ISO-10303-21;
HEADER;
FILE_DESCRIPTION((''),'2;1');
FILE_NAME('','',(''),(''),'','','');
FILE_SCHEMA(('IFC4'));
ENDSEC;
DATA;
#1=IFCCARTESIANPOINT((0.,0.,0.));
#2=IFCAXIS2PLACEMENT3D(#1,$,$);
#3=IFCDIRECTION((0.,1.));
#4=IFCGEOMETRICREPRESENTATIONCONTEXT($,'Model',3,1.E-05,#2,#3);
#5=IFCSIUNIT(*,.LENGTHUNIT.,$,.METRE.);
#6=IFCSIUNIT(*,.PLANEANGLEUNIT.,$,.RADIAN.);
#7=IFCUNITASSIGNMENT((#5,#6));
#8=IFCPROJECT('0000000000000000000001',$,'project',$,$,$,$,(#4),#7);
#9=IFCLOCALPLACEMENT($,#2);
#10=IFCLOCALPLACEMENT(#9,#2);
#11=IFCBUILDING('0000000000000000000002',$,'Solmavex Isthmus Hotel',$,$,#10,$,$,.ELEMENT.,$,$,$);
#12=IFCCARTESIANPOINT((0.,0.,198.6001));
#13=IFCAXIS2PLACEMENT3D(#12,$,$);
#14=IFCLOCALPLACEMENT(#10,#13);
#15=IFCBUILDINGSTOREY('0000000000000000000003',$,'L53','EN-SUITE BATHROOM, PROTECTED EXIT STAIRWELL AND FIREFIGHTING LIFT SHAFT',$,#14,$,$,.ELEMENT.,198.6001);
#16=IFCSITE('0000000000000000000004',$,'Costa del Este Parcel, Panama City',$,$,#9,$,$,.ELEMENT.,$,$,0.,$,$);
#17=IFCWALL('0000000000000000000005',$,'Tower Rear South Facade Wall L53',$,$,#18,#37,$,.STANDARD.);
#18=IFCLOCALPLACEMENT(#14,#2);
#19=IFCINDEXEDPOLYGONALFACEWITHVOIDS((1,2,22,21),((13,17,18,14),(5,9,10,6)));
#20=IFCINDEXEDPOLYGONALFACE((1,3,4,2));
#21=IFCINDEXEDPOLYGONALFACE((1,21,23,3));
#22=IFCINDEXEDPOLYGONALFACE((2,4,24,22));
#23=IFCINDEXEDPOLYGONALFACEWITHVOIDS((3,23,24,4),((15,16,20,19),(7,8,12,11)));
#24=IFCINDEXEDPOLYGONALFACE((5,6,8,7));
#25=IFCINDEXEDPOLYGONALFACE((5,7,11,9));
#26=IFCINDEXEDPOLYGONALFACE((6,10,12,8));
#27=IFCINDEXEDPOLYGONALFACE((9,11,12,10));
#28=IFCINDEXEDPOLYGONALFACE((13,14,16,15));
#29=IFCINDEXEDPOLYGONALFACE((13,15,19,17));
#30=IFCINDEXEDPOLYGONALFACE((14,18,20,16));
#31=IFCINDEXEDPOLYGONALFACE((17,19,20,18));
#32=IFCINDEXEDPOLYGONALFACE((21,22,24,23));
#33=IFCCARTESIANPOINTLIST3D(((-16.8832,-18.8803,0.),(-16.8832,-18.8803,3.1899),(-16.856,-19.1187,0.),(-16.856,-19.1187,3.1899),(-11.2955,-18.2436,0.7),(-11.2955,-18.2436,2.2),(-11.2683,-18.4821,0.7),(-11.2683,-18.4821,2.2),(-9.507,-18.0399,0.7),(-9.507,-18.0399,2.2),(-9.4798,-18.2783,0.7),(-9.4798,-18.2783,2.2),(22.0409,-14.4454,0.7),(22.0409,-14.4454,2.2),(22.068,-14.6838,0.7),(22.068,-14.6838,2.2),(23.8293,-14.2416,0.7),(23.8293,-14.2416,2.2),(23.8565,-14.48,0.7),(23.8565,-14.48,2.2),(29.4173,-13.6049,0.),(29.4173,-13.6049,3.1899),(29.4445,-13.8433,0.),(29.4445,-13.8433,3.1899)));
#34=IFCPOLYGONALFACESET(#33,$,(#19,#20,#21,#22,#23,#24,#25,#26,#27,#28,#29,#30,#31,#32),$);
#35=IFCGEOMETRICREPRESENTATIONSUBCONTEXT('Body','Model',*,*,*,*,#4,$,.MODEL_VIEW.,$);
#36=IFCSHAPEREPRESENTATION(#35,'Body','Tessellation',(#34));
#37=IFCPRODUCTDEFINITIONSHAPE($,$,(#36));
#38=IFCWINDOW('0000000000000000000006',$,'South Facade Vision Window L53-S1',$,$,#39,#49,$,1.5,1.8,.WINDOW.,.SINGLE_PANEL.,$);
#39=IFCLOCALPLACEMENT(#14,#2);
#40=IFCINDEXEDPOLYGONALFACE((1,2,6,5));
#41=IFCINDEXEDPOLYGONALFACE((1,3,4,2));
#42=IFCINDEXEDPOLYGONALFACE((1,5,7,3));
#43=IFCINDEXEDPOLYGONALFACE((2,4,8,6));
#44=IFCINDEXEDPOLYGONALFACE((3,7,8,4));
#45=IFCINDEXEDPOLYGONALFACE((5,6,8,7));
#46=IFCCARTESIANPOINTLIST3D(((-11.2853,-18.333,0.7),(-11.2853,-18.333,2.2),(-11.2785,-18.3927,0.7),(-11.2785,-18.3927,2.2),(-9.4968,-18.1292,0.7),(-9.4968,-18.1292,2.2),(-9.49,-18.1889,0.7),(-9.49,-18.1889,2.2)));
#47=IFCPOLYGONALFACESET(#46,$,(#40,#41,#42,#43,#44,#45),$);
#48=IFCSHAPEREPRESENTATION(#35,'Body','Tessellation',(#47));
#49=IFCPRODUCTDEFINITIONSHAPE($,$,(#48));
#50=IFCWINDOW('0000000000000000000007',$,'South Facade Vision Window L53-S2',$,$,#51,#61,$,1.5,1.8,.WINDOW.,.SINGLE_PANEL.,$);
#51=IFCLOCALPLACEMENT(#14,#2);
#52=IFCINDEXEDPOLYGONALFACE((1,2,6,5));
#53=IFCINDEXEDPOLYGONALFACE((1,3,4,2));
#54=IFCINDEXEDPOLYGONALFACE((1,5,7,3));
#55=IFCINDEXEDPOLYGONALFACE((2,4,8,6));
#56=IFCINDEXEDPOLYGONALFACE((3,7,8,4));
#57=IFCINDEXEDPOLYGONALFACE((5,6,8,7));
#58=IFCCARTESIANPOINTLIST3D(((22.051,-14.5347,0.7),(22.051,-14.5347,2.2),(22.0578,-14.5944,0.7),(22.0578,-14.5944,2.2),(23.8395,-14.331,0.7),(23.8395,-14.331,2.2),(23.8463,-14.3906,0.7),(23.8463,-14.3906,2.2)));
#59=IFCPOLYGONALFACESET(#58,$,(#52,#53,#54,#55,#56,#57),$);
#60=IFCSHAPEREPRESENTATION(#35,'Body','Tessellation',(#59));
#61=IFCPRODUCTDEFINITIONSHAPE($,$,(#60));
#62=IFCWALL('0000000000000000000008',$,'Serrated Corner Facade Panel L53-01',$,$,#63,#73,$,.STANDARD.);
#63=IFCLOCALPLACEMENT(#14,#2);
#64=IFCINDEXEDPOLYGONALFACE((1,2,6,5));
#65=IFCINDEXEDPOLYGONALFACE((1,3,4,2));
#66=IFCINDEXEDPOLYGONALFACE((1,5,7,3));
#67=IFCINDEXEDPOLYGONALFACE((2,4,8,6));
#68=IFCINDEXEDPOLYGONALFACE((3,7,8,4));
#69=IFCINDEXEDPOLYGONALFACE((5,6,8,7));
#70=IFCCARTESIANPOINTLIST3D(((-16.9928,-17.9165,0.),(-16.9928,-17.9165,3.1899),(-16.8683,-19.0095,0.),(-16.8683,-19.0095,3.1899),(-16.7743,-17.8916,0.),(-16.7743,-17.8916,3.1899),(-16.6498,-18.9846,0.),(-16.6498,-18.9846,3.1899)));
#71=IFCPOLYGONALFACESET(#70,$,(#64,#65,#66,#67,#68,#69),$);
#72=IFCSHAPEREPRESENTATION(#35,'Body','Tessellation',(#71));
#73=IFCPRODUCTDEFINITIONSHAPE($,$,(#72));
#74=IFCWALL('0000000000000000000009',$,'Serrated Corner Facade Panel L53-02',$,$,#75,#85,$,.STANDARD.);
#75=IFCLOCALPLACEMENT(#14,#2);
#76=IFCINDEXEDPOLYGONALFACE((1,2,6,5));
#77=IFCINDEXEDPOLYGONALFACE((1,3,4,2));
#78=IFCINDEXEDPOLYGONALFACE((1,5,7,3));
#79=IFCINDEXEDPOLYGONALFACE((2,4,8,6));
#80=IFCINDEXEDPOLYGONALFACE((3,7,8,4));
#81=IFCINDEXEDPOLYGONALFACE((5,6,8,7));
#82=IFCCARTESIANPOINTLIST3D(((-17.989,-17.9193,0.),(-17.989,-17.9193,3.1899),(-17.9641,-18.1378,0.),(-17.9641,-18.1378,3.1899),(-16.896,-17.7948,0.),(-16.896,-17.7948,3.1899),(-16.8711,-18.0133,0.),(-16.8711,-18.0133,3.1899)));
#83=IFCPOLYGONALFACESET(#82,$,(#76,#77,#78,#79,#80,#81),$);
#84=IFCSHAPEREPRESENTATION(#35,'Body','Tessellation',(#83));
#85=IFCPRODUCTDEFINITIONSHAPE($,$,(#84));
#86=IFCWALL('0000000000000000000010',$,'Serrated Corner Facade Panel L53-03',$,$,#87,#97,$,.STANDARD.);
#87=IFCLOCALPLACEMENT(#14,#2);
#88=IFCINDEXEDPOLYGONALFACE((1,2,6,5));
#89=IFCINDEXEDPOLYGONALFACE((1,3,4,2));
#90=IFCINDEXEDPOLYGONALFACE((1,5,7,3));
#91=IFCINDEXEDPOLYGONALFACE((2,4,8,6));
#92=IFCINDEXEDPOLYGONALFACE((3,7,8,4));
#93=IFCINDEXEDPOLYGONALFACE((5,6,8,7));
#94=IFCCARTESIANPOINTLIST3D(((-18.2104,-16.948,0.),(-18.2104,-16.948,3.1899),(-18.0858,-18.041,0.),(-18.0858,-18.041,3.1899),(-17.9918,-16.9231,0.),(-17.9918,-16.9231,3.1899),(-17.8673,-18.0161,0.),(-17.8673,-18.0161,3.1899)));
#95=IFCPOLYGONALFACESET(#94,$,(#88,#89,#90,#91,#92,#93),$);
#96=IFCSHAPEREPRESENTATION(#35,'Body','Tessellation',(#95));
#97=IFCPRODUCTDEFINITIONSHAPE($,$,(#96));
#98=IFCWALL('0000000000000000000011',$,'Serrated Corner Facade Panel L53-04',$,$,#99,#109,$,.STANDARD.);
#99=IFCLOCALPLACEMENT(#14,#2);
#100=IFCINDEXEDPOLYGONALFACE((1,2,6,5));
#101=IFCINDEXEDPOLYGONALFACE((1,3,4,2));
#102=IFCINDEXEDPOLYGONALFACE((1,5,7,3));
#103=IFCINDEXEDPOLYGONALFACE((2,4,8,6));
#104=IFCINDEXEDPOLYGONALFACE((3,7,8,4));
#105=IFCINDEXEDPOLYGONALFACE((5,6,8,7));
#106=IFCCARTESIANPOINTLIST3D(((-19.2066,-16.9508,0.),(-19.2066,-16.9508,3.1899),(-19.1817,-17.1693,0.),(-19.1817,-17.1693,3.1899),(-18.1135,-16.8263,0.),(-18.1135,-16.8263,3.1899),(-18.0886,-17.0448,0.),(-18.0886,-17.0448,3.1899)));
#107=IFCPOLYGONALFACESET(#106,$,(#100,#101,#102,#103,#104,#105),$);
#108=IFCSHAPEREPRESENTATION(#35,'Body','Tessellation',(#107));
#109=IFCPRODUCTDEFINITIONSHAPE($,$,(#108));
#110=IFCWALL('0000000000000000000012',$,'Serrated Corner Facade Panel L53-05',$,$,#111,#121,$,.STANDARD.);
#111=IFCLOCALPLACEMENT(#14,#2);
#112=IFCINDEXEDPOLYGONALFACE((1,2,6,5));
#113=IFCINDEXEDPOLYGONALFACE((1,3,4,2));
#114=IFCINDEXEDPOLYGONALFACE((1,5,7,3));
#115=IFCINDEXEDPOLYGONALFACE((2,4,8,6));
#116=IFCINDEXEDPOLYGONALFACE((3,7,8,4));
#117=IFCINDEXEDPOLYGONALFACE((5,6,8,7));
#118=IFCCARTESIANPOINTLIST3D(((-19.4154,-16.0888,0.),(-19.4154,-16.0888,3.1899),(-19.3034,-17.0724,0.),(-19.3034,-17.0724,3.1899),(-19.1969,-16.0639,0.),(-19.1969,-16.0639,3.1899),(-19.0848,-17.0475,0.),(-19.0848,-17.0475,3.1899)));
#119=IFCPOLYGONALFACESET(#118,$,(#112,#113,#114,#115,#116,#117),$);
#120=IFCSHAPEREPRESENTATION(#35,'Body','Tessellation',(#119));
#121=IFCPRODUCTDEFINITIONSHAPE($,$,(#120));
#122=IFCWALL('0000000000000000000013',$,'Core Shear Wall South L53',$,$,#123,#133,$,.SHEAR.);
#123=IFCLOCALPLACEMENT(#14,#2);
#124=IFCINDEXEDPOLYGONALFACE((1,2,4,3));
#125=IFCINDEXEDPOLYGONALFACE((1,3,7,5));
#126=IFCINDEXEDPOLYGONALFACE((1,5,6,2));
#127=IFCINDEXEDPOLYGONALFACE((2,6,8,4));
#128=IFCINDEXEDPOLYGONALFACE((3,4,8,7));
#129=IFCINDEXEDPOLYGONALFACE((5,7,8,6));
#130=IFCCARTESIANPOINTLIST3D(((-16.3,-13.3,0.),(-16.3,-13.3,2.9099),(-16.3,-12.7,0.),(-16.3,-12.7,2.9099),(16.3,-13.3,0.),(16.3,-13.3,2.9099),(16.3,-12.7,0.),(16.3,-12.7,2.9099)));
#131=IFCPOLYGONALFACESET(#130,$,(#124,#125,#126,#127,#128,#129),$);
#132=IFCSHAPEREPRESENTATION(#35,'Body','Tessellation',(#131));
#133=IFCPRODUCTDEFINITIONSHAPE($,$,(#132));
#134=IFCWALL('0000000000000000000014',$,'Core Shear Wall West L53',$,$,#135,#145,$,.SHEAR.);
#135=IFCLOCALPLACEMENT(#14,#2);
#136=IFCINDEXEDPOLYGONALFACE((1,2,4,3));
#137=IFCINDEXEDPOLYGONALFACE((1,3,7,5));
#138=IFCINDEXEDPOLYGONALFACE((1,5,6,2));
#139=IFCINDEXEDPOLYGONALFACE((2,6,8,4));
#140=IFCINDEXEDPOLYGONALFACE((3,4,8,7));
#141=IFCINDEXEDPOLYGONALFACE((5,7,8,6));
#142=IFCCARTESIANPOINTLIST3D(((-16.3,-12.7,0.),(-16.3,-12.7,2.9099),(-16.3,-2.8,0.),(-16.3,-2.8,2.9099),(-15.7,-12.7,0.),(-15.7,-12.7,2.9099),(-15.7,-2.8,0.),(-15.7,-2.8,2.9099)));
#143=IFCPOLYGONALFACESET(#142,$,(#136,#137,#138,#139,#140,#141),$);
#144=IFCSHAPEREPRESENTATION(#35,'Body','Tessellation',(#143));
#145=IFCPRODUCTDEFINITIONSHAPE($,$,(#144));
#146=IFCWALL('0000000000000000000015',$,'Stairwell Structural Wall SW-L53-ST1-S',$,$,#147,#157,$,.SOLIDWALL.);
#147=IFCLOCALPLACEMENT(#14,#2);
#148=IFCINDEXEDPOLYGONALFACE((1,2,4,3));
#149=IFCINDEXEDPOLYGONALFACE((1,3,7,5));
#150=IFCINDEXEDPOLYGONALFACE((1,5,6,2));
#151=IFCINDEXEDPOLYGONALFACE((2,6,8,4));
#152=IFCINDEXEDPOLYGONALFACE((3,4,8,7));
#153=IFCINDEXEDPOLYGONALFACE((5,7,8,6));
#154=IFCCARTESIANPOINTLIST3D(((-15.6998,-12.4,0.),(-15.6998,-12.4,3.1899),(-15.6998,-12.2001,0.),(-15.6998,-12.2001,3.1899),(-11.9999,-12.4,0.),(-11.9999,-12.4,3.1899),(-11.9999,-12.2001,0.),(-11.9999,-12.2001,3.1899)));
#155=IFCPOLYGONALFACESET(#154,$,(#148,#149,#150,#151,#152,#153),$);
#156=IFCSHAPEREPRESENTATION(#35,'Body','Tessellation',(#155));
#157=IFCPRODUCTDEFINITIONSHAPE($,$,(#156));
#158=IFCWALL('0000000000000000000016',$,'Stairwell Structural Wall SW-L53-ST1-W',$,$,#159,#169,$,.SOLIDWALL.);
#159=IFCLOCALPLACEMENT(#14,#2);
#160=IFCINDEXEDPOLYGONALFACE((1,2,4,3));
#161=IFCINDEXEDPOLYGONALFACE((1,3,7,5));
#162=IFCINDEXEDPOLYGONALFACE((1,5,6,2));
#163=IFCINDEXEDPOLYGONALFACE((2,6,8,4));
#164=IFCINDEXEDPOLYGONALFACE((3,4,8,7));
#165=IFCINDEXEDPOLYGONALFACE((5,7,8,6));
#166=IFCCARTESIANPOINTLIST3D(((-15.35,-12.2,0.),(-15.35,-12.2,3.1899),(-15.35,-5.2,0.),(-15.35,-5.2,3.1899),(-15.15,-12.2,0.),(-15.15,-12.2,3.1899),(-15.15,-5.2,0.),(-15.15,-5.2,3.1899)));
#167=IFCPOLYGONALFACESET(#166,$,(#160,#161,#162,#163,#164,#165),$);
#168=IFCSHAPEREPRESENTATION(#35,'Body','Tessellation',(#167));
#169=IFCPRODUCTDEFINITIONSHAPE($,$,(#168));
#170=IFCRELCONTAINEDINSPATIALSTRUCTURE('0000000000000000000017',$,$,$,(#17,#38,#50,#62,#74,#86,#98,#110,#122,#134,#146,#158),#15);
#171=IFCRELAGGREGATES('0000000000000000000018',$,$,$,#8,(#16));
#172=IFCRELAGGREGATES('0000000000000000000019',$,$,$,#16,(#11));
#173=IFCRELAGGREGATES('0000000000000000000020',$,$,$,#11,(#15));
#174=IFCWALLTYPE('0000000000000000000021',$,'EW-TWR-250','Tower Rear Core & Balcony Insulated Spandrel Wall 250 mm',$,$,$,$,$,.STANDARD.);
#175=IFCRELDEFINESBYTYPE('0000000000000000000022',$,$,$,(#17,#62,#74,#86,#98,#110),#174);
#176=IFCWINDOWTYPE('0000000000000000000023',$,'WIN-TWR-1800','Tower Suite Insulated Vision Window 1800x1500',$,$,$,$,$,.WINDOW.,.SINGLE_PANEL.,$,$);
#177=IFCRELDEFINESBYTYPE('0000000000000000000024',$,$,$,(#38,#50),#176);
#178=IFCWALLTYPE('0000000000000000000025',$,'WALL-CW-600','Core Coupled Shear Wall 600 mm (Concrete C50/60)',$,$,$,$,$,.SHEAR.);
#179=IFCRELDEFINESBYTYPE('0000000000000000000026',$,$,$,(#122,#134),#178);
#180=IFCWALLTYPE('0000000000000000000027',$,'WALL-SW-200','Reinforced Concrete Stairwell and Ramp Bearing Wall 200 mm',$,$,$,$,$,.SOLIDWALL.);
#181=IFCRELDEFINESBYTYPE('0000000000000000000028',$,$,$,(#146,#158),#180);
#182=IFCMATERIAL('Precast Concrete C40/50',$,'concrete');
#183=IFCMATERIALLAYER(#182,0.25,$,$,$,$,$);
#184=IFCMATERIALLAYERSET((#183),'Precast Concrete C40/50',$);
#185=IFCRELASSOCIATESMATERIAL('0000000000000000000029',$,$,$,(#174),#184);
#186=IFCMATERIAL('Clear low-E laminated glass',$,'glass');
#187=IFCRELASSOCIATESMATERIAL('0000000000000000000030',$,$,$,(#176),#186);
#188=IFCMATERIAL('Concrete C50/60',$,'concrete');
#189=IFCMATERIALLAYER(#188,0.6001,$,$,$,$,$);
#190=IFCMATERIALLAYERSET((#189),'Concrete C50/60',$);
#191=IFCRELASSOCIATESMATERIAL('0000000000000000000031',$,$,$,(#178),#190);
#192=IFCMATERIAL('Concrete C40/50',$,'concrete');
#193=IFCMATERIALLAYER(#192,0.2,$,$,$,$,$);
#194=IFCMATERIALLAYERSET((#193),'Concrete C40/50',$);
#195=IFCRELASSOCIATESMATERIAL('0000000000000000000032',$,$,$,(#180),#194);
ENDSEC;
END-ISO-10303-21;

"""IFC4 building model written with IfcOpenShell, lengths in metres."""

from ifc_helpers import new_model, si_unit, direction, frame, frame_2d, origin, place, context, subcontext, project, spatial, rectangle, extrude, material, layer, layer_set, type_object, element, fill, save


model = new_model("IFC4")

# Units and contexts
model_context = context("Model", 3, precision=1e-05, world=origin(), true_north=direction((0.0, 1.0)))
body_context = subcontext(model_context, "Body", "Model", "MODEL_VIEW")
ifc_project = project(units=[si_unit("LENGTHUNIT", "METRE"), si_unit("PLANEANGLEUNIT", "RADIAN")], contexts=[model_context])

# Site, building, storey
site_placement = place(None, origin())
site = spatial("IfcSite", under=ifc_project, at=site_placement, Name="Costa del Este Parcel, Panama City", CompositionType="ELEMENT", RefElevation=0.0)
building_placement = place(site_placement, origin())
building = spatial("IfcBuilding", under=site, at=building_placement, Name="Solmavex Isthmus Hotel", CompositionType="ELEMENT")
storey_placement = place(building_placement, frame((0.0, 0.0, 198.6001)))
storey = spatial("IfcBuildingStorey", under=building, at=storey_placement, Name="L53", Description="EN-SUITE BATHROOM, PROTECTED EXIT STAIRWELL AND FIREFIGHTING LIFT SHAFT", CompositionType="ELEMENT", Elevation=198.6001)

# Shared definitions
ifc_material_1 = material(Name="Concrete C50/60", Category="concrete")

# Shared definitions
ifc_material_2 = material(Name="Clear low-E laminated glass", Category="glass")

# Wall, openings, windows
ifc_material_3 = material(Name="Precast Concrete C40/50", Category="concrete")
ifc_layer_1 = layer(ifc_material_3, 0.25)
ifc_layer_set_1 = layer_set([ifc_layer_1], Name="Precast Concrete C40/50")
wall_type_1 = type_object("IfcWallType", Name="EW-TWR-250", Description="Tower Rear Core & Balcony Insulated Spandrel Wall 250 mm", PredefinedType="STANDARD", material=ifc_layer_set_1)
wall_1_placement = place(storey_placement, frame((-16.8696, -18.9995, 0.0), z_axis=(0.0, 0.0, 1.0), x_axis=(0.993572, 0.113206, 0.0)))
wall_1 = element("IfcWall", 1, at=wall_1_placement, inside=storey, type_object=wall_type_1, Name="Tower Rear South Facade Wall L53", PredefinedType="STANDARD", context=body_context, shape_type="SweptSolid", body=[
    extrude(rectangle(XDim=46.6001, YDim=0.24, at=frame_2d((23.3, 0.0))), origin(), (0.0, 0.0, 1.0), 3.1899),
])
opening_1_placement = place(wall_1_placement, frame((5.624, 0.0, 0.7)))
opening_1 = element("IfcOpeningElement", 2, at=opening_1_placement, cuts=wall_1, PredefinedType="OPENING", context=body_context, shape_type="SweptSolid", body=[
    extrude(rectangle(XDim=1.8, YDim=1.5, at=frame_2d((0.8999, 0.75))), frame((0.0, 0.1299, 0.0), z_axis=(0.0, -1.0, 0.0), x_axis=(1.0, 0.0, 0.0)), (0.0, 0.0, 1.0), 0.26),
])
opening_2_placement = place(wall_1_placement, frame((39.176, 0.0, 0.7)))
opening_2 = element("IfcOpeningElement", 3, at=opening_2_placement, cuts=wall_1, PredefinedType="OPENING", context=body_context, shape_type="SweptSolid", body=[
    extrude(rectangle(XDim=1.8, YDim=1.5, at=frame_2d((0.8999, 0.75))), frame((0.0, 0.1299, 0.0), z_axis=(0.0, -1.0, 0.0), x_axis=(1.0, 0.0, 0.0)), (0.0, 0.0, 1.0), 0.26),
])
window_type = type_object("IfcWindowType", Name="WIN-TWR-1800", Description="Tower Suite Insulated Vision Window 1800x1500", PartitioningType="SINGLE_PANEL", PredefinedType="WINDOW", material=ifc_material_2)
window_1_placement = place(opening_1_placement, origin())
window_1 = element("IfcWindow", 4, at=window_1_placement, inside=storey, type_object=window_type, Name="South Facade Vision Window L53-S1", OverallHeight=1.5, OverallWidth=1.8, PartitioningType="SINGLE_PANEL", PredefinedType="WINDOW", context=body_context, shape_type="SweptSolid", body=[
    extrude(rectangle(XDim=1.8, YDim=1.5, at=frame_2d((0.8999, 0.75))), frame((0.0, 0.03, 0.0), z_axis=(0.0, -1.0, 0.0), x_axis=(1.0, 0.0, 0.0)), (0.0, 0.0, 1.0), 0.0601),
])
fill(opening_1, window_1)
window_2_placement = place(opening_2_placement, origin())
window_2 = element("IfcWindow", 5, at=window_2_placement, inside=storey, type_object=window_type, Name="South Facade Vision Window L53-S2", OverallHeight=1.5, OverallWidth=1.8, PartitioningType="SINGLE_PANEL", PredefinedType="WINDOW", context=body_context, shape_type="SweptSolid", body=[
    extrude(rectangle(XDim=1.8, YDim=1.5, at=frame_2d((0.8999, 0.75))), frame((0.0, 0.03, 0.0), z_axis=(0.0, -1.0, 0.0), x_axis=(1.0, 0.0, 0.0)), (0.0, 0.0, 1.0), 0.0601),
])
fill(opening_2, window_2)

# Walls
for number, where, z_axis, x_axis, name in (
    (6, (-16.759, -18.9971, 0.0), (0.0, 0.0, 1.0), (-0.113184, 0.993574, 0.0), "Serrated Corner Facade Panel L53-01"),
    (7, (-16.8835, -17.9041, 0.0), (0.0, 0.0, 1.0), (-0.993574, -0.113184, 0.0), "Serrated Corner Facade Panel L53-02"),
    (8, (-17.9766, -18.0286, 0.0), (0.0, 0.0, 1.0), (-0.113184, 0.993574, 0.0), "Serrated Corner Facade Panel L53-03"),
    (9, (-18.1011, -16.9355, 0.0), (0.0, 0.0, 1.0), (-0.993574, -0.113184, 0.0), "Serrated Corner Facade Panel L53-04"),
):
    element("IfcWall", number, at=place(storey_placement, frame(where, z_axis=z_axis, x_axis=x_axis)), inside=storey, type_object=wall_type_1, Name=name, PredefinedType="STANDARD", context=body_context, shape_type="SweptSolid", body=[
        extrude(rectangle(XDim=1.1001, YDim=0.22, at=frame_2d((0.55, 0.0))), origin(), (0.0, 0.0, 1.0), 3.1899),
    ])
wall_2_placement = place(storey_placement, frame((-19.1941, -17.0601, 0.0), z_axis=(0.0, 0.0, 1.0), x_axis=(-0.113192, 0.993573, 0.0)))
element("IfcWall", 10, at=wall_2_placement, inside=storey, type_object=wall_type_1, Name="Serrated Corner Facade Panel L53-05", PredefinedType="STANDARD", context=body_context, shape_type="SweptSolid", body=[
    extrude(rectangle(XDim=0.99, YDim=0.22, at=frame_2d((0.4951, 0.0))), origin(), (0.0, 0.0, 1.0), 3.1899),
])

# Walls
ifc_layer_2 = layer(ifc_material_1, 0.6001)
ifc_layer_set_2 = layer_set([ifc_layer_2], Name="Concrete C50/60")
wall_type_2 = type_object("IfcWallType", Name="WALL-CW-600", Description="Core Coupled Shear Wall 600 mm (Concrete C50/60)", PredefinedType="SHEAR", material=ifc_layer_set_2)
wall_3_placement = place(storey_placement, frame((-16.3, -13.0, 0.0), z_axis=(0.0, 0.0, 1.0), x_axis=(1.0, 0.0, 0.0)))
element("IfcWall", 11, at=wall_3_placement, inside=storey, type_object=wall_type_2, Name="Core Shear Wall South L53", PredefinedType="SHEAR", context=body_context, shape_type="SweptSolid", body=[
    extrude(rectangle(XDim=32.6001, YDim=0.6001, at=frame_2d((16.3, 0.0))), origin(), (0.0, 0.0, 1.0), 2.9099),
])
wall_4_placement = place(storey_placement, frame((-16.0, -12.7, 0.0), z_axis=(0.0, 0.0, 1.0), x_axis=(0.0, 1.0, 0.0)))
element("IfcWall", 12, at=wall_4_placement, inside=storey, type_object=wall_type_2, Name="Core Shear Wall West L53", PredefinedType="SHEAR", context=body_context, shape_type="SweptSolid", body=[
    extrude(rectangle(XDim=9.8999, YDim=0.6001, at=frame_2d((4.95, 0.0))), origin(), (0.0, 0.0, 1.0), 2.9099),
])
ifc_material_4 = material(Name="Concrete C40/50", Category="concrete")
ifc_layer_3 = layer(ifc_material_4, 0.2)
ifc_layer_set_3 = layer_set([ifc_layer_3], Name="Concrete C40/50")
wall_type_3 = type_object("IfcWallType", Name="WALL-SW-200", Description="Reinforced Concrete Stairwell and Ramp Bearing Wall 200 mm", PredefinedType="SOLIDWALL", material=ifc_layer_set_3)
wall_5_placement = place(storey_placement, frame((-15.7, -12.3, 0.0), z_axis=(0.0, 0.0, 1.0), x_axis=(1.0, 0.0, 0.0)))
element("IfcWall", 13, at=wall_5_placement, inside=storey, type_object=wall_type_3, Name="Stairwell Structural Wall SW-L53-ST1-S", PredefinedType="SOLIDWALL", context=body_context, shape_type="SweptSolid", body=[
    extrude(rectangle(XDim=3.7, YDim=0.2, at=frame_2d((1.8501, 0.0))), origin(), (0.0, 0.0, 1.0), 3.1899),
])
wall_6_placement = place(storey_placement, frame((-15.25, -12.2, 0.0), z_axis=(0.0, 0.0, 1.0), x_axis=(0.0, 1.0, 0.0)))
element("IfcWall", 14, at=wall_6_placement, inside=storey, type_object=wall_type_3, Name="Stairwell Structural Wall SW-L53-ST1-W", PredefinedType="SOLIDWALL", context=body_context, shape_type="SweptSolid", body=[
    extrude(rectangle(XDim=7.0, YDim=0.2, at=frame_2d((3.5, 0.0))), origin(), (0.0, 0.0, 1.0), 3.1899),
])

save(model, "model.ifc")
